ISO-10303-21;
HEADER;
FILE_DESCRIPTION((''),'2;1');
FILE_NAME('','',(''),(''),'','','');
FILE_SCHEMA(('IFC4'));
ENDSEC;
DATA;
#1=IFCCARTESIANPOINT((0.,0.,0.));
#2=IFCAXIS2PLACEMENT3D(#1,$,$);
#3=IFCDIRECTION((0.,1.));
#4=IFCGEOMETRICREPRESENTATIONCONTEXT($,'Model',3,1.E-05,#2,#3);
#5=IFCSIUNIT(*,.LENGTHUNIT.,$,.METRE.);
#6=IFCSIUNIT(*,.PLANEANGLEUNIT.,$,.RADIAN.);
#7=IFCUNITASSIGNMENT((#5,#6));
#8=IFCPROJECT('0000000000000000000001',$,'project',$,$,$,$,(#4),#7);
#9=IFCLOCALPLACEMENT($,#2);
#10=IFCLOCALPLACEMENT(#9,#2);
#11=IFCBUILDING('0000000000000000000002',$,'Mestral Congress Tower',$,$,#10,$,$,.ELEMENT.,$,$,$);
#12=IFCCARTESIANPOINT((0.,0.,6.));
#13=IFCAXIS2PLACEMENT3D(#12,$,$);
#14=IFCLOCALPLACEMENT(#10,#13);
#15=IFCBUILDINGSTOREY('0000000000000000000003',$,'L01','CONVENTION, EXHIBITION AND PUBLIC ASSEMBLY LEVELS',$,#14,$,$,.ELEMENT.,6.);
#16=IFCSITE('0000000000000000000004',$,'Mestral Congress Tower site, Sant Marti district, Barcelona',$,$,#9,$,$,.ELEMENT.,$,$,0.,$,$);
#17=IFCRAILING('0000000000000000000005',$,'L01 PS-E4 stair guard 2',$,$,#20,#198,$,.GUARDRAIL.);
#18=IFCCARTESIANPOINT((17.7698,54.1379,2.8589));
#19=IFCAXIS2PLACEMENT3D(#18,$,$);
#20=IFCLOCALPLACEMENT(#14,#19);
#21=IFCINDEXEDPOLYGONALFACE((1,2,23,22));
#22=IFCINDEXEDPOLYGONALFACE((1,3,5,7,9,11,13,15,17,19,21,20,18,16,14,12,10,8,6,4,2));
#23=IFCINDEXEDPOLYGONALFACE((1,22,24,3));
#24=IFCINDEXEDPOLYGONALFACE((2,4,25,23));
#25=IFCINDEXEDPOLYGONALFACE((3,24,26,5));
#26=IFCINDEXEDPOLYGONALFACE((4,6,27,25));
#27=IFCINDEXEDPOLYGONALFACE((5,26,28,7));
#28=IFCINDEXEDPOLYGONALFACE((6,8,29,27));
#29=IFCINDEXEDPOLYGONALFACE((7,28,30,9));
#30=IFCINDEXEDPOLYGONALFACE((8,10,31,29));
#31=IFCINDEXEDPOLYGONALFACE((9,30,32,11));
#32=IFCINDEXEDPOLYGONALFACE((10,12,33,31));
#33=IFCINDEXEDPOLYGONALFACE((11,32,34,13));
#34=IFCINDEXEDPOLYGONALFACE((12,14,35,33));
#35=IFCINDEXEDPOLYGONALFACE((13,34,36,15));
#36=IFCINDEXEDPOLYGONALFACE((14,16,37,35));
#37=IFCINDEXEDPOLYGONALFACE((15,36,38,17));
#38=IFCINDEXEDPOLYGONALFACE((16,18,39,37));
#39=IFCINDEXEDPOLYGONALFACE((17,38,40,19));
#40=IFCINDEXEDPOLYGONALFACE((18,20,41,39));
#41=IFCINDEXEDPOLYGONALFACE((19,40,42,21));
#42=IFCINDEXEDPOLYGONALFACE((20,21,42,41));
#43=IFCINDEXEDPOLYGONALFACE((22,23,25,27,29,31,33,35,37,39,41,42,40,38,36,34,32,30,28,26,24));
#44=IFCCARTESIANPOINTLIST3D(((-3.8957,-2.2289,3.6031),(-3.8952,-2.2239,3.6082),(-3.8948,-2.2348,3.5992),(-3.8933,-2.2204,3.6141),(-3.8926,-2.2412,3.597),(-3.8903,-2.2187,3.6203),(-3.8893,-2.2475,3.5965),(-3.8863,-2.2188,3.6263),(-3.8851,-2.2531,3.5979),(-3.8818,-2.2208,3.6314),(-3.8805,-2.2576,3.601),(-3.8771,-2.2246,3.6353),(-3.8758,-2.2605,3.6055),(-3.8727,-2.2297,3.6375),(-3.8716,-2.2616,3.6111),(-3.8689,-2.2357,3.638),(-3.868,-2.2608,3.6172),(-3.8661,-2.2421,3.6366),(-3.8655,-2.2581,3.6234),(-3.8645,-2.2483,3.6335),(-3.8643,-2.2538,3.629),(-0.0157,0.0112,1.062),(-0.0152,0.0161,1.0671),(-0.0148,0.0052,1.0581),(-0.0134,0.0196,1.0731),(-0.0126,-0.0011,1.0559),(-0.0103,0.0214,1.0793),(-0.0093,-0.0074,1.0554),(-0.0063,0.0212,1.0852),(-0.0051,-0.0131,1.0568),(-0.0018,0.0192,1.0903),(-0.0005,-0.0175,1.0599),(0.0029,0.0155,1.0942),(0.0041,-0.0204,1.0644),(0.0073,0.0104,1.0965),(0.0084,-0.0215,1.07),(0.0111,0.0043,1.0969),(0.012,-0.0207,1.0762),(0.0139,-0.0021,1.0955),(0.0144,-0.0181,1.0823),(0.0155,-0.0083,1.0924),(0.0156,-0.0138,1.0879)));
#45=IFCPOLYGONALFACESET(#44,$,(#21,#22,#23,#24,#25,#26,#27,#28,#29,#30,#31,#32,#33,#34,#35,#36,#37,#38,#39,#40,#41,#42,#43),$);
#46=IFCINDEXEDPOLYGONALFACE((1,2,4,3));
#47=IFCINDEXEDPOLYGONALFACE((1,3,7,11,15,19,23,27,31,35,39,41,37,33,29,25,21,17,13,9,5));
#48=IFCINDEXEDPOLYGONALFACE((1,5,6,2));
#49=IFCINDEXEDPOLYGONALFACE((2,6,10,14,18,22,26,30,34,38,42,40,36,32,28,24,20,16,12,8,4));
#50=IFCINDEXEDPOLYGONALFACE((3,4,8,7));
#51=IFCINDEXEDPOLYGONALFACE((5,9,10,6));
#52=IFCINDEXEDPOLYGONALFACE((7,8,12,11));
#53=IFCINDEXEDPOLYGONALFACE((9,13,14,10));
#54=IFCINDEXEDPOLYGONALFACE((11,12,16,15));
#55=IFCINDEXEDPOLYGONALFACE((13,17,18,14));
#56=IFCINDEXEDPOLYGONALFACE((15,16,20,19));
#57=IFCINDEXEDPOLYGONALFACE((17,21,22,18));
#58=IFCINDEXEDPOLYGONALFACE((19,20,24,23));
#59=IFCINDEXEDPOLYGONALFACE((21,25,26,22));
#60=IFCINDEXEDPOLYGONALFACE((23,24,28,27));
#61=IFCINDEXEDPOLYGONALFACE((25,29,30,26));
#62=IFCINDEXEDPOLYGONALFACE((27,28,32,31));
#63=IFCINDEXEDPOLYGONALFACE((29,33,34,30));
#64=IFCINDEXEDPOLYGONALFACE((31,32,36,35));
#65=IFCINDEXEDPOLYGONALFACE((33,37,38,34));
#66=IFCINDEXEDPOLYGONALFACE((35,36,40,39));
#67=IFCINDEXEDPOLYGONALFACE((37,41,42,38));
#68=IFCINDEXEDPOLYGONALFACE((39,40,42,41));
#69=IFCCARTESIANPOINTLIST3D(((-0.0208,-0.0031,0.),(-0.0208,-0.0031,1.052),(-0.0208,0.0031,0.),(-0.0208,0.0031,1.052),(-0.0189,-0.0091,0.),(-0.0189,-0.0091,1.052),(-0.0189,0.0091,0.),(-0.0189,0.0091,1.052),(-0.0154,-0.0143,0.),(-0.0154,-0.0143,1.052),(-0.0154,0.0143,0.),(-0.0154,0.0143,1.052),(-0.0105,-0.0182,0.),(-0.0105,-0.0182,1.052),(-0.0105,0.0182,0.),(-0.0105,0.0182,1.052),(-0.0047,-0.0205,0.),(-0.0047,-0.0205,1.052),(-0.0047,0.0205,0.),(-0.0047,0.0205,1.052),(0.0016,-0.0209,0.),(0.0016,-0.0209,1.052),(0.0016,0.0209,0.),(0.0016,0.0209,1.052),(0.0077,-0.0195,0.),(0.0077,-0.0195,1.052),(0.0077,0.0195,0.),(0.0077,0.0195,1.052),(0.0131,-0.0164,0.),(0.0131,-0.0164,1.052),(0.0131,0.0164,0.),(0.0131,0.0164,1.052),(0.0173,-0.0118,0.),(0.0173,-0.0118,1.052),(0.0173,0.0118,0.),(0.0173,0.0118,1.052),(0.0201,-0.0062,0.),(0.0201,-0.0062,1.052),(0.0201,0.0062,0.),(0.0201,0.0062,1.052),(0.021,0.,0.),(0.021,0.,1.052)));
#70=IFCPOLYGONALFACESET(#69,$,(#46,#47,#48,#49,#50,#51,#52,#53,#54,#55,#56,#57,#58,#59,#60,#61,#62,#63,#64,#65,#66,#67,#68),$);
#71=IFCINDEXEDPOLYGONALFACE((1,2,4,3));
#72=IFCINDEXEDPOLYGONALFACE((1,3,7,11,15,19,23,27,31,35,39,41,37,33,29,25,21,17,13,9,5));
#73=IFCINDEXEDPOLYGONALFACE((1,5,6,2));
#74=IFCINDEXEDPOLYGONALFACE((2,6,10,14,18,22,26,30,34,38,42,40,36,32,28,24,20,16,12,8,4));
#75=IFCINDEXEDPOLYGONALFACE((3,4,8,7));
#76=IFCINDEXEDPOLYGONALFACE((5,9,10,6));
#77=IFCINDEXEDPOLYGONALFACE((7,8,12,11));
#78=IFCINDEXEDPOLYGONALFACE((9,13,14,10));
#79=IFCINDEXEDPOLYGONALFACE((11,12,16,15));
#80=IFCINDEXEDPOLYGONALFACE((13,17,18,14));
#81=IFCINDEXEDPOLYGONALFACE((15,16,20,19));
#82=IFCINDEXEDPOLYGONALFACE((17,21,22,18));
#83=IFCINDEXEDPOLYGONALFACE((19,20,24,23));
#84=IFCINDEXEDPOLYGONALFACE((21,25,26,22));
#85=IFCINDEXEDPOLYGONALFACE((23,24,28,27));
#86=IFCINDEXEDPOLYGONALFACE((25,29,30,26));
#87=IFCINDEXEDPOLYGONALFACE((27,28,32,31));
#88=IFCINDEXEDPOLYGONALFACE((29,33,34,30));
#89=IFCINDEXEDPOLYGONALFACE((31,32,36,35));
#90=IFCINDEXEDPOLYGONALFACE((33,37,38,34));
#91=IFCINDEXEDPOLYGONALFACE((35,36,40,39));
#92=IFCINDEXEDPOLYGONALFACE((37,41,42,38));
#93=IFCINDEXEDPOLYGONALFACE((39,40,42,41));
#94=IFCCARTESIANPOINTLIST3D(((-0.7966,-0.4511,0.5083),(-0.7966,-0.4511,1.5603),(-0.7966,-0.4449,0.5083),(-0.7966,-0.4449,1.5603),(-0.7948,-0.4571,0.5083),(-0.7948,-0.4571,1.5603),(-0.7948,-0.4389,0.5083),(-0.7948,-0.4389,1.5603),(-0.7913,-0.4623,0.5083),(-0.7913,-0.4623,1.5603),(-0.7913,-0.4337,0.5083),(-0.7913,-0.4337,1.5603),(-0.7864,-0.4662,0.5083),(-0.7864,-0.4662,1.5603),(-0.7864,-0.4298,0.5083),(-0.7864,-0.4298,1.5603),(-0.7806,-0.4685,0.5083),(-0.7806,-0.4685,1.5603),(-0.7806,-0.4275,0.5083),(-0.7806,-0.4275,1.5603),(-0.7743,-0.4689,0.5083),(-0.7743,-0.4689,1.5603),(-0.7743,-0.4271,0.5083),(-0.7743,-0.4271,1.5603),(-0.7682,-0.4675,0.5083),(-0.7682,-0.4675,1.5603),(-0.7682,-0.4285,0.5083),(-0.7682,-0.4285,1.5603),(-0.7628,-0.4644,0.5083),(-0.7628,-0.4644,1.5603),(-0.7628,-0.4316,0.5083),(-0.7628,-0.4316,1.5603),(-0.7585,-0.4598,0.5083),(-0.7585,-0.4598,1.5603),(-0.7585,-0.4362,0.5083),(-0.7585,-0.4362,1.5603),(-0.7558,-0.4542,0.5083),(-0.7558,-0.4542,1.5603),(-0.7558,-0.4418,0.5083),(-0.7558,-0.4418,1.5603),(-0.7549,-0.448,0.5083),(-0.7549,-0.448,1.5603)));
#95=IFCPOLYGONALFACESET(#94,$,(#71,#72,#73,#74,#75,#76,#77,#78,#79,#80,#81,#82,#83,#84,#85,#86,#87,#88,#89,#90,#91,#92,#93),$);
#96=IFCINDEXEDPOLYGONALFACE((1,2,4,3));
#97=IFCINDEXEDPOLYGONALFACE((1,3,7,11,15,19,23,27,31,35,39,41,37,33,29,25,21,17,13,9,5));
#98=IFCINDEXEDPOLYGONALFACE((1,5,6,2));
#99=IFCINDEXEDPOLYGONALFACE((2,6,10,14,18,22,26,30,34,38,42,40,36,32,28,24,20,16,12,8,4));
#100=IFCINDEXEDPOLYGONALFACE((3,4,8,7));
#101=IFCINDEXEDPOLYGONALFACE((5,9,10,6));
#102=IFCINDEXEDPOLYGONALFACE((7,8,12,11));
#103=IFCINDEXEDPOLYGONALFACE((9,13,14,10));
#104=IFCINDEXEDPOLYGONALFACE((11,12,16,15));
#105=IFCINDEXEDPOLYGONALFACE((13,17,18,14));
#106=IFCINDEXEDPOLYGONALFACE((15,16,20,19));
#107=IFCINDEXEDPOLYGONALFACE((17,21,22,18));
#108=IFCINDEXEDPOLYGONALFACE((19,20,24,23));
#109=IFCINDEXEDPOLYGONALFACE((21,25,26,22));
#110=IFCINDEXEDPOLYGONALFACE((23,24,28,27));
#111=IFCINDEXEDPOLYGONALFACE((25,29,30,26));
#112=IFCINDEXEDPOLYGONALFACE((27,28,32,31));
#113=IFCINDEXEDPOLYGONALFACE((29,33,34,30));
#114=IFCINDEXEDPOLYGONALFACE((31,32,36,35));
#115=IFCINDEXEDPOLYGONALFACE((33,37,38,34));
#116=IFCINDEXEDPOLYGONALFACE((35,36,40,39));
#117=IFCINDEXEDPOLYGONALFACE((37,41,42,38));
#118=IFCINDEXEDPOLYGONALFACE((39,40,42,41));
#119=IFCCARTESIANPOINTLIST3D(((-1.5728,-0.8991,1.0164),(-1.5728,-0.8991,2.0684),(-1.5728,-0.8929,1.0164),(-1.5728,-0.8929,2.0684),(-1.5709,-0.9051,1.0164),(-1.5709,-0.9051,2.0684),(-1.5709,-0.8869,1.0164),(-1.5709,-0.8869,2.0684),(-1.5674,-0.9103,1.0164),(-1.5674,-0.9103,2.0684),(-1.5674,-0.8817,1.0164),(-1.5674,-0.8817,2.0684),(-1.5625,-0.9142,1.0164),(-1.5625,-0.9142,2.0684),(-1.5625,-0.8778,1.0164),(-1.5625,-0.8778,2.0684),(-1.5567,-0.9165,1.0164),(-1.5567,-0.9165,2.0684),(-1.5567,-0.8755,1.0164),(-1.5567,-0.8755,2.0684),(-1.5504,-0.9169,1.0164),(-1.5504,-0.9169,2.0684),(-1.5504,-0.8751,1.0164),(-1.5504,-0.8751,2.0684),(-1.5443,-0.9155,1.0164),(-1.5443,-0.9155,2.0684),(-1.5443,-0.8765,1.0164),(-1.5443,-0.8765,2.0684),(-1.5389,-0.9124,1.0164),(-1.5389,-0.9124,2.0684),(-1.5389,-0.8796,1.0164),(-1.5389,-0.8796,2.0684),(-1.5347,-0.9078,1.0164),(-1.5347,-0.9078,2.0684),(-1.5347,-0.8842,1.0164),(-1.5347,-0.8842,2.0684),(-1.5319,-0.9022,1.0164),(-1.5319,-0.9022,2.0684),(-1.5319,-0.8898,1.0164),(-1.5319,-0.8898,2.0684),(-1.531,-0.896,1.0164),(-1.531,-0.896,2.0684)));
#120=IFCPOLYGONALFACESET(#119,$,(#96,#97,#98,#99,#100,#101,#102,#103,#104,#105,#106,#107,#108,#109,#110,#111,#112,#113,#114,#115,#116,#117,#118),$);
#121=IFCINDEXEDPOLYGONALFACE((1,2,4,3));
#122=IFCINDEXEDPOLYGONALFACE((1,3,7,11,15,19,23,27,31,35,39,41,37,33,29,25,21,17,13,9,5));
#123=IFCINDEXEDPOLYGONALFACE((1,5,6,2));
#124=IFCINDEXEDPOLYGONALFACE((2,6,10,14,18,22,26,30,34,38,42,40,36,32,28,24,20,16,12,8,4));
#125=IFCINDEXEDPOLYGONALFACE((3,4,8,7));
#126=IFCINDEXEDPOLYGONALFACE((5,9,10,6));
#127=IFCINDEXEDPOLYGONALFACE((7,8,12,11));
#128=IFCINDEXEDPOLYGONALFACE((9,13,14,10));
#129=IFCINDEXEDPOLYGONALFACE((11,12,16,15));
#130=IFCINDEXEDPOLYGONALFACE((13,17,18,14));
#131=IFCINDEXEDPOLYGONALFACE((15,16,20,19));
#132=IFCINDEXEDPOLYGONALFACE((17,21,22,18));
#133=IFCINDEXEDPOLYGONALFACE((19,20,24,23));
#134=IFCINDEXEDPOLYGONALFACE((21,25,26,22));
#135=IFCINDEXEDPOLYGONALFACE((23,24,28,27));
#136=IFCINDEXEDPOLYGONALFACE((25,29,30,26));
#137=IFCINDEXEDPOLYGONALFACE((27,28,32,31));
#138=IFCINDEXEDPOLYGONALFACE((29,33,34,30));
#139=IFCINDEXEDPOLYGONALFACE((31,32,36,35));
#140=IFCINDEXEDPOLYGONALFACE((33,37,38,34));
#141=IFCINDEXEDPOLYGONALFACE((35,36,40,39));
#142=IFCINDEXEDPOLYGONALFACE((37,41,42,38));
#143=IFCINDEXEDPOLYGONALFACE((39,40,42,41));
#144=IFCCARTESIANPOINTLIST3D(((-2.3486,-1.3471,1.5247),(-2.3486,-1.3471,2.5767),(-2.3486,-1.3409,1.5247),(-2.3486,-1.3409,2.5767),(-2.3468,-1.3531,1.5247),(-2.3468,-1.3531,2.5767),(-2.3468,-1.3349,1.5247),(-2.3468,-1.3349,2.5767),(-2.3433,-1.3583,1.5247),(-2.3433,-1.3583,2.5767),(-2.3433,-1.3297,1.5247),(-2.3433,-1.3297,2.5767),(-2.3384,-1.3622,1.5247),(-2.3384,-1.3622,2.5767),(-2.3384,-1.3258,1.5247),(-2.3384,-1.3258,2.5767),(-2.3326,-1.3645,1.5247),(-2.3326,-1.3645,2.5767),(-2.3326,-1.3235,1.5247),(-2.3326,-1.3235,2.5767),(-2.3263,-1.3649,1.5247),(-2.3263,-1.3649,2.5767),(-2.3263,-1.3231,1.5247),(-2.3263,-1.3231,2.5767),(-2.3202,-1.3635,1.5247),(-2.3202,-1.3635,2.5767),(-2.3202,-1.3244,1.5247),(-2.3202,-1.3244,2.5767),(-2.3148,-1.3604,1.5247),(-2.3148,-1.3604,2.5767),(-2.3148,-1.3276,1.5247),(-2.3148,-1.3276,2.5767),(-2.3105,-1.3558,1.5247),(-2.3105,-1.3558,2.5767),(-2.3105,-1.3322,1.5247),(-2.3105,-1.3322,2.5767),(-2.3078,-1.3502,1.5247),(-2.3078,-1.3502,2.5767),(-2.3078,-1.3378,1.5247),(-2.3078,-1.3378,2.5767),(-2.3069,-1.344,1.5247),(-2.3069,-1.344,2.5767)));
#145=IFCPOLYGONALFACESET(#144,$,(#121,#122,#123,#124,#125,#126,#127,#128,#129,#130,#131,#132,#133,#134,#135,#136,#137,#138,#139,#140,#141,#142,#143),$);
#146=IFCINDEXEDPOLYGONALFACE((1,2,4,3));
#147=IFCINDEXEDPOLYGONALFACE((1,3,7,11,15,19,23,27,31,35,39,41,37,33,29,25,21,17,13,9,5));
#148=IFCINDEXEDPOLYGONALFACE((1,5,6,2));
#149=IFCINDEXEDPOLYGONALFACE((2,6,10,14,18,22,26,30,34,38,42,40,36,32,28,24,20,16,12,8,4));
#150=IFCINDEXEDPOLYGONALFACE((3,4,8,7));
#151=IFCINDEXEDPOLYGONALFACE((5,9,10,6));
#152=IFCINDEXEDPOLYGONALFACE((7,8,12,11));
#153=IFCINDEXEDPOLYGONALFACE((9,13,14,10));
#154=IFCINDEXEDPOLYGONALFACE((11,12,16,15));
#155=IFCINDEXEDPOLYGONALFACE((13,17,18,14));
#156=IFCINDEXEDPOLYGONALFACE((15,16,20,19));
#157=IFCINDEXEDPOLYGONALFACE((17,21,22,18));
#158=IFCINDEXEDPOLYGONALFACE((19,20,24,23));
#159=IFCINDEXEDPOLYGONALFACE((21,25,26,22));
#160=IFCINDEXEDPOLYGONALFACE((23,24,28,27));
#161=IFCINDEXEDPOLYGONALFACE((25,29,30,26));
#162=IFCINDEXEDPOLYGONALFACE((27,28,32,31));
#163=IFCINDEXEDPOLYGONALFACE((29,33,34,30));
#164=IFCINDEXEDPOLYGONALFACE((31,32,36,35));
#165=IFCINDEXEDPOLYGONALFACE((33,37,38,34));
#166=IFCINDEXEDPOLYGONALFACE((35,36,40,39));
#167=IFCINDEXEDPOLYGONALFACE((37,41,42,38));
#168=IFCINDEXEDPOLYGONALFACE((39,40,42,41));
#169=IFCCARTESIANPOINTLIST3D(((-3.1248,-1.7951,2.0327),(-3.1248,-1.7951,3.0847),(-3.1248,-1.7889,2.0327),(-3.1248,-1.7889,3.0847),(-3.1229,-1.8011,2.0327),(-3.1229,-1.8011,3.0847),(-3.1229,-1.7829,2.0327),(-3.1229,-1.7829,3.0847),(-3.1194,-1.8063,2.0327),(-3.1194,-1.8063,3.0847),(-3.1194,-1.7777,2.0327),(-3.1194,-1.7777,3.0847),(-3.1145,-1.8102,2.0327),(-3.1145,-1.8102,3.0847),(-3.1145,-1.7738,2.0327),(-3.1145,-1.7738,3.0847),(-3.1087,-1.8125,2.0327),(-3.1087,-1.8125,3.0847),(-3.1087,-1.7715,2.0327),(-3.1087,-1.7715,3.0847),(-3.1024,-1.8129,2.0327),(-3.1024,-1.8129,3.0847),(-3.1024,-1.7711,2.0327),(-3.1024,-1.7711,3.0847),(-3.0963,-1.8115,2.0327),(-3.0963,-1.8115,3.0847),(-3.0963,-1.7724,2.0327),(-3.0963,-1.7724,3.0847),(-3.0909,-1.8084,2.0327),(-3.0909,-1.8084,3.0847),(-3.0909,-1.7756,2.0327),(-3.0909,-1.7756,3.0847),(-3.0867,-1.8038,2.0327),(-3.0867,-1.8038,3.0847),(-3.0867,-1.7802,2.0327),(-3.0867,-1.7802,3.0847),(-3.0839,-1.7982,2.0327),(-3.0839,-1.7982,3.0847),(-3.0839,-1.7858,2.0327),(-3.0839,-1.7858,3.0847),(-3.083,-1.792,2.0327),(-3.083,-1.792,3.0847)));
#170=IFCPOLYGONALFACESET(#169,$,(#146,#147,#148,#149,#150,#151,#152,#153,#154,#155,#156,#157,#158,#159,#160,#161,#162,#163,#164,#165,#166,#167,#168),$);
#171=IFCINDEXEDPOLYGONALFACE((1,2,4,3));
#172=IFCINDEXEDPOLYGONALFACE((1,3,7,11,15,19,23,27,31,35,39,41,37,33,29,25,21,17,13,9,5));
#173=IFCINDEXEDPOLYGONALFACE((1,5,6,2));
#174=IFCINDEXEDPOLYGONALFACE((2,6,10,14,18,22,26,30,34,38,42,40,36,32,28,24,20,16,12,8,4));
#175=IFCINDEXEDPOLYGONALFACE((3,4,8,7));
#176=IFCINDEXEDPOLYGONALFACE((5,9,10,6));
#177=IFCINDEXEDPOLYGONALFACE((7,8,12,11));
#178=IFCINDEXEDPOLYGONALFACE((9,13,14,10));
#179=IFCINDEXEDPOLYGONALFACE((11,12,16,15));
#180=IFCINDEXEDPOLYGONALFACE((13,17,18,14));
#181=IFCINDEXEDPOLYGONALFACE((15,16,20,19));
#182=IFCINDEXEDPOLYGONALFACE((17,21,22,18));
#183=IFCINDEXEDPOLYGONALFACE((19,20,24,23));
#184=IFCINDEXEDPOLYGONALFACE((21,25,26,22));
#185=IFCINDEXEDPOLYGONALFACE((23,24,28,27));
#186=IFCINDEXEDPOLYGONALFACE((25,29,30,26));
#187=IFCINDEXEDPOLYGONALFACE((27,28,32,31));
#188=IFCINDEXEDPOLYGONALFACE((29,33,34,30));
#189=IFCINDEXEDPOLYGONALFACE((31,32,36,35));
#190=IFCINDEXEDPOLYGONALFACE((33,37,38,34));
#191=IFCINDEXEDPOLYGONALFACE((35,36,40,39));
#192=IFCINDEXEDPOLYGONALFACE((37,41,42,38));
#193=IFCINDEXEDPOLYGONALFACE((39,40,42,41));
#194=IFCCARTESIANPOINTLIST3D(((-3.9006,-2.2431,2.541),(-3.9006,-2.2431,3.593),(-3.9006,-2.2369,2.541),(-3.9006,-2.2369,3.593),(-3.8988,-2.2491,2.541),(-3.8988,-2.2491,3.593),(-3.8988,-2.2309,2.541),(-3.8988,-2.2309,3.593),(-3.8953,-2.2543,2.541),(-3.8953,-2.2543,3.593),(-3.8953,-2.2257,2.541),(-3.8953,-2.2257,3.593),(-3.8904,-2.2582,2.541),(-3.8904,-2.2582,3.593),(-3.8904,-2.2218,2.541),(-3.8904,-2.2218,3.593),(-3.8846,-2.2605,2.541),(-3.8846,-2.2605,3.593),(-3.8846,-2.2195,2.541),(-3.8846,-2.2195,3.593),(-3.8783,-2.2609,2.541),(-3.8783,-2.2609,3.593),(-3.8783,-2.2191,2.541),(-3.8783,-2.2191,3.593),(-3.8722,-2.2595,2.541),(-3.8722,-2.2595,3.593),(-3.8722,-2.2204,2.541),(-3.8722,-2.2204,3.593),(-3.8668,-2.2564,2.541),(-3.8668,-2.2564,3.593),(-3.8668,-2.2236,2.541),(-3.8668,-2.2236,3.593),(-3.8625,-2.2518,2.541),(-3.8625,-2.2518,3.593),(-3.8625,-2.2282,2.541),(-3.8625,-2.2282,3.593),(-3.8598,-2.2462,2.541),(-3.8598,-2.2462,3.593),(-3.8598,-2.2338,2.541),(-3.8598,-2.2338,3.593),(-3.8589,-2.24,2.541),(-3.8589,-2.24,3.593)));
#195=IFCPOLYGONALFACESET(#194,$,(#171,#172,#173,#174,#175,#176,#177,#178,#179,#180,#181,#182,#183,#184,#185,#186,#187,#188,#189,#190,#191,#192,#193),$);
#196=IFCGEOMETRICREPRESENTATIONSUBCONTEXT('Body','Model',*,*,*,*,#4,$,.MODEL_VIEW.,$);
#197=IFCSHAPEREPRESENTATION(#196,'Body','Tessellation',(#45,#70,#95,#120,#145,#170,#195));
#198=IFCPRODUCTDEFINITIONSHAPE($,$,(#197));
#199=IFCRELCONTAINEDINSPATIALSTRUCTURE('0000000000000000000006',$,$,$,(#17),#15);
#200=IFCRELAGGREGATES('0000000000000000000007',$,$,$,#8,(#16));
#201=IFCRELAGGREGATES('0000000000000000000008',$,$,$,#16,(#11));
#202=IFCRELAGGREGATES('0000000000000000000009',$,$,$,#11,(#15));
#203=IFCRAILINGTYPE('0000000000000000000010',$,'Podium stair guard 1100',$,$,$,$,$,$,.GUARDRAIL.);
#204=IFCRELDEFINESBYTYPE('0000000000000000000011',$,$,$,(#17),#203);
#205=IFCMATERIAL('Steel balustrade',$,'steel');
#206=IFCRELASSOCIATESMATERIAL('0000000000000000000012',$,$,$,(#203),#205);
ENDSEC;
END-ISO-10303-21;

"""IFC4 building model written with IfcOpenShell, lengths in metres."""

from ifc_helpers import new_model, si_unit, direction, frame, origin, origin_2d, place, context, subcontext, project, spatial, circle, extrude, material, type_object, element, save


model = new_model("IFC4")

# Units and contexts
model_context = context("Model", 3, precision=1e-05, world=origin(), true_north=direction((0.0, 1.0)))
body_context = subcontext(model_context, "Body", "Model", "MODEL_VIEW")
ifc_project = project(units=[si_unit("LENGTHUNIT", "METRE"), si_unit("PLANEANGLEUNIT", "RADIAN")], contexts=[model_context])

# Site, building, storey
site_placement = place(None, origin())
site = spatial("IfcSite", under=ifc_project, at=site_placement, Name="Mestral Congress Tower site, Sant Marti district, Barcelona", CompositionType="ELEMENT", RefElevation=0.0)
building_placement = place(site_placement, origin())
building = spatial("IfcBuilding", under=site, at=building_placement, Name="Mestral Congress Tower", CompositionType="ELEMENT")
storey_placement = place(building_placement, frame((0.0, 0.0, 6.0)))
storey = spatial("IfcBuildingStorey", under=building, at=storey_placement, Name="L01", Description="CONVENTION, EXHIBITION AND PUBLIC ASSEMBLY LEVELS", CompositionType="ELEMENT", Elevation=6.0)

# Railing
ifc_material_1 = material(Name="Steel balustrade", Category="steel")
railing_type_1 = type_object("IfcRailingType", Name="Podium stair guard 1100", PredefinedType="GUARDRAIL", material=ifc_material_1)
railing_1_placement = place(storey_placement, frame((17.7698, 54.1379, 2.8589)))
element("IfcRailing", 1, at=railing_1_placement, inside=storey, type_object=railing_type_1, Name="L01 PS-E4 stair guard 2", PredefinedType="GUARDRAIL", context=body_context, shape_type="SweptSolid", body=[
    extrude(circle(Radius=0.0239, at=origin_2d()), frame((0.0, 0.0, 1.0762), z_axis=(-0.7533, -0.434906, 0.493352), x_axis=(0.49999, -0.866031, 0.0)), (0.0, 0.0, 1.0), 5.1506),
    extrude(circle(Radius=0.021, at=origin_2d()), origin(), (0.0, 0.0, 1.0), 1.052),
    extrude(circle(Radius=0.021, at=origin_2d()), frame((-0.7759, -0.448, 0.5083)), (0.0, 0.0, 1.0), 1.052),
    extrude(circle(Radius=0.021, at=origin_2d()), frame((-1.552, -0.896, 1.0164)), (0.0, 0.0, 1.0), 1.052),
    extrude(circle(Radius=0.021, at=origin_2d()), frame((-2.3279, -1.344, 1.5247)), (0.0, 0.0, 1.0), 1.052),
    extrude(circle(Radius=0.021, at=origin_2d()), frame((-3.104, -1.792, 2.0327)), (0.0, 0.0, 1.0), 1.052),
    extrude(circle(Radius=0.021, at=origin_2d()), frame((-3.8799, -2.24, 2.541)), (0.0, 0.0, 1.0), 1.052),
])

save(model, "model.ifc")
